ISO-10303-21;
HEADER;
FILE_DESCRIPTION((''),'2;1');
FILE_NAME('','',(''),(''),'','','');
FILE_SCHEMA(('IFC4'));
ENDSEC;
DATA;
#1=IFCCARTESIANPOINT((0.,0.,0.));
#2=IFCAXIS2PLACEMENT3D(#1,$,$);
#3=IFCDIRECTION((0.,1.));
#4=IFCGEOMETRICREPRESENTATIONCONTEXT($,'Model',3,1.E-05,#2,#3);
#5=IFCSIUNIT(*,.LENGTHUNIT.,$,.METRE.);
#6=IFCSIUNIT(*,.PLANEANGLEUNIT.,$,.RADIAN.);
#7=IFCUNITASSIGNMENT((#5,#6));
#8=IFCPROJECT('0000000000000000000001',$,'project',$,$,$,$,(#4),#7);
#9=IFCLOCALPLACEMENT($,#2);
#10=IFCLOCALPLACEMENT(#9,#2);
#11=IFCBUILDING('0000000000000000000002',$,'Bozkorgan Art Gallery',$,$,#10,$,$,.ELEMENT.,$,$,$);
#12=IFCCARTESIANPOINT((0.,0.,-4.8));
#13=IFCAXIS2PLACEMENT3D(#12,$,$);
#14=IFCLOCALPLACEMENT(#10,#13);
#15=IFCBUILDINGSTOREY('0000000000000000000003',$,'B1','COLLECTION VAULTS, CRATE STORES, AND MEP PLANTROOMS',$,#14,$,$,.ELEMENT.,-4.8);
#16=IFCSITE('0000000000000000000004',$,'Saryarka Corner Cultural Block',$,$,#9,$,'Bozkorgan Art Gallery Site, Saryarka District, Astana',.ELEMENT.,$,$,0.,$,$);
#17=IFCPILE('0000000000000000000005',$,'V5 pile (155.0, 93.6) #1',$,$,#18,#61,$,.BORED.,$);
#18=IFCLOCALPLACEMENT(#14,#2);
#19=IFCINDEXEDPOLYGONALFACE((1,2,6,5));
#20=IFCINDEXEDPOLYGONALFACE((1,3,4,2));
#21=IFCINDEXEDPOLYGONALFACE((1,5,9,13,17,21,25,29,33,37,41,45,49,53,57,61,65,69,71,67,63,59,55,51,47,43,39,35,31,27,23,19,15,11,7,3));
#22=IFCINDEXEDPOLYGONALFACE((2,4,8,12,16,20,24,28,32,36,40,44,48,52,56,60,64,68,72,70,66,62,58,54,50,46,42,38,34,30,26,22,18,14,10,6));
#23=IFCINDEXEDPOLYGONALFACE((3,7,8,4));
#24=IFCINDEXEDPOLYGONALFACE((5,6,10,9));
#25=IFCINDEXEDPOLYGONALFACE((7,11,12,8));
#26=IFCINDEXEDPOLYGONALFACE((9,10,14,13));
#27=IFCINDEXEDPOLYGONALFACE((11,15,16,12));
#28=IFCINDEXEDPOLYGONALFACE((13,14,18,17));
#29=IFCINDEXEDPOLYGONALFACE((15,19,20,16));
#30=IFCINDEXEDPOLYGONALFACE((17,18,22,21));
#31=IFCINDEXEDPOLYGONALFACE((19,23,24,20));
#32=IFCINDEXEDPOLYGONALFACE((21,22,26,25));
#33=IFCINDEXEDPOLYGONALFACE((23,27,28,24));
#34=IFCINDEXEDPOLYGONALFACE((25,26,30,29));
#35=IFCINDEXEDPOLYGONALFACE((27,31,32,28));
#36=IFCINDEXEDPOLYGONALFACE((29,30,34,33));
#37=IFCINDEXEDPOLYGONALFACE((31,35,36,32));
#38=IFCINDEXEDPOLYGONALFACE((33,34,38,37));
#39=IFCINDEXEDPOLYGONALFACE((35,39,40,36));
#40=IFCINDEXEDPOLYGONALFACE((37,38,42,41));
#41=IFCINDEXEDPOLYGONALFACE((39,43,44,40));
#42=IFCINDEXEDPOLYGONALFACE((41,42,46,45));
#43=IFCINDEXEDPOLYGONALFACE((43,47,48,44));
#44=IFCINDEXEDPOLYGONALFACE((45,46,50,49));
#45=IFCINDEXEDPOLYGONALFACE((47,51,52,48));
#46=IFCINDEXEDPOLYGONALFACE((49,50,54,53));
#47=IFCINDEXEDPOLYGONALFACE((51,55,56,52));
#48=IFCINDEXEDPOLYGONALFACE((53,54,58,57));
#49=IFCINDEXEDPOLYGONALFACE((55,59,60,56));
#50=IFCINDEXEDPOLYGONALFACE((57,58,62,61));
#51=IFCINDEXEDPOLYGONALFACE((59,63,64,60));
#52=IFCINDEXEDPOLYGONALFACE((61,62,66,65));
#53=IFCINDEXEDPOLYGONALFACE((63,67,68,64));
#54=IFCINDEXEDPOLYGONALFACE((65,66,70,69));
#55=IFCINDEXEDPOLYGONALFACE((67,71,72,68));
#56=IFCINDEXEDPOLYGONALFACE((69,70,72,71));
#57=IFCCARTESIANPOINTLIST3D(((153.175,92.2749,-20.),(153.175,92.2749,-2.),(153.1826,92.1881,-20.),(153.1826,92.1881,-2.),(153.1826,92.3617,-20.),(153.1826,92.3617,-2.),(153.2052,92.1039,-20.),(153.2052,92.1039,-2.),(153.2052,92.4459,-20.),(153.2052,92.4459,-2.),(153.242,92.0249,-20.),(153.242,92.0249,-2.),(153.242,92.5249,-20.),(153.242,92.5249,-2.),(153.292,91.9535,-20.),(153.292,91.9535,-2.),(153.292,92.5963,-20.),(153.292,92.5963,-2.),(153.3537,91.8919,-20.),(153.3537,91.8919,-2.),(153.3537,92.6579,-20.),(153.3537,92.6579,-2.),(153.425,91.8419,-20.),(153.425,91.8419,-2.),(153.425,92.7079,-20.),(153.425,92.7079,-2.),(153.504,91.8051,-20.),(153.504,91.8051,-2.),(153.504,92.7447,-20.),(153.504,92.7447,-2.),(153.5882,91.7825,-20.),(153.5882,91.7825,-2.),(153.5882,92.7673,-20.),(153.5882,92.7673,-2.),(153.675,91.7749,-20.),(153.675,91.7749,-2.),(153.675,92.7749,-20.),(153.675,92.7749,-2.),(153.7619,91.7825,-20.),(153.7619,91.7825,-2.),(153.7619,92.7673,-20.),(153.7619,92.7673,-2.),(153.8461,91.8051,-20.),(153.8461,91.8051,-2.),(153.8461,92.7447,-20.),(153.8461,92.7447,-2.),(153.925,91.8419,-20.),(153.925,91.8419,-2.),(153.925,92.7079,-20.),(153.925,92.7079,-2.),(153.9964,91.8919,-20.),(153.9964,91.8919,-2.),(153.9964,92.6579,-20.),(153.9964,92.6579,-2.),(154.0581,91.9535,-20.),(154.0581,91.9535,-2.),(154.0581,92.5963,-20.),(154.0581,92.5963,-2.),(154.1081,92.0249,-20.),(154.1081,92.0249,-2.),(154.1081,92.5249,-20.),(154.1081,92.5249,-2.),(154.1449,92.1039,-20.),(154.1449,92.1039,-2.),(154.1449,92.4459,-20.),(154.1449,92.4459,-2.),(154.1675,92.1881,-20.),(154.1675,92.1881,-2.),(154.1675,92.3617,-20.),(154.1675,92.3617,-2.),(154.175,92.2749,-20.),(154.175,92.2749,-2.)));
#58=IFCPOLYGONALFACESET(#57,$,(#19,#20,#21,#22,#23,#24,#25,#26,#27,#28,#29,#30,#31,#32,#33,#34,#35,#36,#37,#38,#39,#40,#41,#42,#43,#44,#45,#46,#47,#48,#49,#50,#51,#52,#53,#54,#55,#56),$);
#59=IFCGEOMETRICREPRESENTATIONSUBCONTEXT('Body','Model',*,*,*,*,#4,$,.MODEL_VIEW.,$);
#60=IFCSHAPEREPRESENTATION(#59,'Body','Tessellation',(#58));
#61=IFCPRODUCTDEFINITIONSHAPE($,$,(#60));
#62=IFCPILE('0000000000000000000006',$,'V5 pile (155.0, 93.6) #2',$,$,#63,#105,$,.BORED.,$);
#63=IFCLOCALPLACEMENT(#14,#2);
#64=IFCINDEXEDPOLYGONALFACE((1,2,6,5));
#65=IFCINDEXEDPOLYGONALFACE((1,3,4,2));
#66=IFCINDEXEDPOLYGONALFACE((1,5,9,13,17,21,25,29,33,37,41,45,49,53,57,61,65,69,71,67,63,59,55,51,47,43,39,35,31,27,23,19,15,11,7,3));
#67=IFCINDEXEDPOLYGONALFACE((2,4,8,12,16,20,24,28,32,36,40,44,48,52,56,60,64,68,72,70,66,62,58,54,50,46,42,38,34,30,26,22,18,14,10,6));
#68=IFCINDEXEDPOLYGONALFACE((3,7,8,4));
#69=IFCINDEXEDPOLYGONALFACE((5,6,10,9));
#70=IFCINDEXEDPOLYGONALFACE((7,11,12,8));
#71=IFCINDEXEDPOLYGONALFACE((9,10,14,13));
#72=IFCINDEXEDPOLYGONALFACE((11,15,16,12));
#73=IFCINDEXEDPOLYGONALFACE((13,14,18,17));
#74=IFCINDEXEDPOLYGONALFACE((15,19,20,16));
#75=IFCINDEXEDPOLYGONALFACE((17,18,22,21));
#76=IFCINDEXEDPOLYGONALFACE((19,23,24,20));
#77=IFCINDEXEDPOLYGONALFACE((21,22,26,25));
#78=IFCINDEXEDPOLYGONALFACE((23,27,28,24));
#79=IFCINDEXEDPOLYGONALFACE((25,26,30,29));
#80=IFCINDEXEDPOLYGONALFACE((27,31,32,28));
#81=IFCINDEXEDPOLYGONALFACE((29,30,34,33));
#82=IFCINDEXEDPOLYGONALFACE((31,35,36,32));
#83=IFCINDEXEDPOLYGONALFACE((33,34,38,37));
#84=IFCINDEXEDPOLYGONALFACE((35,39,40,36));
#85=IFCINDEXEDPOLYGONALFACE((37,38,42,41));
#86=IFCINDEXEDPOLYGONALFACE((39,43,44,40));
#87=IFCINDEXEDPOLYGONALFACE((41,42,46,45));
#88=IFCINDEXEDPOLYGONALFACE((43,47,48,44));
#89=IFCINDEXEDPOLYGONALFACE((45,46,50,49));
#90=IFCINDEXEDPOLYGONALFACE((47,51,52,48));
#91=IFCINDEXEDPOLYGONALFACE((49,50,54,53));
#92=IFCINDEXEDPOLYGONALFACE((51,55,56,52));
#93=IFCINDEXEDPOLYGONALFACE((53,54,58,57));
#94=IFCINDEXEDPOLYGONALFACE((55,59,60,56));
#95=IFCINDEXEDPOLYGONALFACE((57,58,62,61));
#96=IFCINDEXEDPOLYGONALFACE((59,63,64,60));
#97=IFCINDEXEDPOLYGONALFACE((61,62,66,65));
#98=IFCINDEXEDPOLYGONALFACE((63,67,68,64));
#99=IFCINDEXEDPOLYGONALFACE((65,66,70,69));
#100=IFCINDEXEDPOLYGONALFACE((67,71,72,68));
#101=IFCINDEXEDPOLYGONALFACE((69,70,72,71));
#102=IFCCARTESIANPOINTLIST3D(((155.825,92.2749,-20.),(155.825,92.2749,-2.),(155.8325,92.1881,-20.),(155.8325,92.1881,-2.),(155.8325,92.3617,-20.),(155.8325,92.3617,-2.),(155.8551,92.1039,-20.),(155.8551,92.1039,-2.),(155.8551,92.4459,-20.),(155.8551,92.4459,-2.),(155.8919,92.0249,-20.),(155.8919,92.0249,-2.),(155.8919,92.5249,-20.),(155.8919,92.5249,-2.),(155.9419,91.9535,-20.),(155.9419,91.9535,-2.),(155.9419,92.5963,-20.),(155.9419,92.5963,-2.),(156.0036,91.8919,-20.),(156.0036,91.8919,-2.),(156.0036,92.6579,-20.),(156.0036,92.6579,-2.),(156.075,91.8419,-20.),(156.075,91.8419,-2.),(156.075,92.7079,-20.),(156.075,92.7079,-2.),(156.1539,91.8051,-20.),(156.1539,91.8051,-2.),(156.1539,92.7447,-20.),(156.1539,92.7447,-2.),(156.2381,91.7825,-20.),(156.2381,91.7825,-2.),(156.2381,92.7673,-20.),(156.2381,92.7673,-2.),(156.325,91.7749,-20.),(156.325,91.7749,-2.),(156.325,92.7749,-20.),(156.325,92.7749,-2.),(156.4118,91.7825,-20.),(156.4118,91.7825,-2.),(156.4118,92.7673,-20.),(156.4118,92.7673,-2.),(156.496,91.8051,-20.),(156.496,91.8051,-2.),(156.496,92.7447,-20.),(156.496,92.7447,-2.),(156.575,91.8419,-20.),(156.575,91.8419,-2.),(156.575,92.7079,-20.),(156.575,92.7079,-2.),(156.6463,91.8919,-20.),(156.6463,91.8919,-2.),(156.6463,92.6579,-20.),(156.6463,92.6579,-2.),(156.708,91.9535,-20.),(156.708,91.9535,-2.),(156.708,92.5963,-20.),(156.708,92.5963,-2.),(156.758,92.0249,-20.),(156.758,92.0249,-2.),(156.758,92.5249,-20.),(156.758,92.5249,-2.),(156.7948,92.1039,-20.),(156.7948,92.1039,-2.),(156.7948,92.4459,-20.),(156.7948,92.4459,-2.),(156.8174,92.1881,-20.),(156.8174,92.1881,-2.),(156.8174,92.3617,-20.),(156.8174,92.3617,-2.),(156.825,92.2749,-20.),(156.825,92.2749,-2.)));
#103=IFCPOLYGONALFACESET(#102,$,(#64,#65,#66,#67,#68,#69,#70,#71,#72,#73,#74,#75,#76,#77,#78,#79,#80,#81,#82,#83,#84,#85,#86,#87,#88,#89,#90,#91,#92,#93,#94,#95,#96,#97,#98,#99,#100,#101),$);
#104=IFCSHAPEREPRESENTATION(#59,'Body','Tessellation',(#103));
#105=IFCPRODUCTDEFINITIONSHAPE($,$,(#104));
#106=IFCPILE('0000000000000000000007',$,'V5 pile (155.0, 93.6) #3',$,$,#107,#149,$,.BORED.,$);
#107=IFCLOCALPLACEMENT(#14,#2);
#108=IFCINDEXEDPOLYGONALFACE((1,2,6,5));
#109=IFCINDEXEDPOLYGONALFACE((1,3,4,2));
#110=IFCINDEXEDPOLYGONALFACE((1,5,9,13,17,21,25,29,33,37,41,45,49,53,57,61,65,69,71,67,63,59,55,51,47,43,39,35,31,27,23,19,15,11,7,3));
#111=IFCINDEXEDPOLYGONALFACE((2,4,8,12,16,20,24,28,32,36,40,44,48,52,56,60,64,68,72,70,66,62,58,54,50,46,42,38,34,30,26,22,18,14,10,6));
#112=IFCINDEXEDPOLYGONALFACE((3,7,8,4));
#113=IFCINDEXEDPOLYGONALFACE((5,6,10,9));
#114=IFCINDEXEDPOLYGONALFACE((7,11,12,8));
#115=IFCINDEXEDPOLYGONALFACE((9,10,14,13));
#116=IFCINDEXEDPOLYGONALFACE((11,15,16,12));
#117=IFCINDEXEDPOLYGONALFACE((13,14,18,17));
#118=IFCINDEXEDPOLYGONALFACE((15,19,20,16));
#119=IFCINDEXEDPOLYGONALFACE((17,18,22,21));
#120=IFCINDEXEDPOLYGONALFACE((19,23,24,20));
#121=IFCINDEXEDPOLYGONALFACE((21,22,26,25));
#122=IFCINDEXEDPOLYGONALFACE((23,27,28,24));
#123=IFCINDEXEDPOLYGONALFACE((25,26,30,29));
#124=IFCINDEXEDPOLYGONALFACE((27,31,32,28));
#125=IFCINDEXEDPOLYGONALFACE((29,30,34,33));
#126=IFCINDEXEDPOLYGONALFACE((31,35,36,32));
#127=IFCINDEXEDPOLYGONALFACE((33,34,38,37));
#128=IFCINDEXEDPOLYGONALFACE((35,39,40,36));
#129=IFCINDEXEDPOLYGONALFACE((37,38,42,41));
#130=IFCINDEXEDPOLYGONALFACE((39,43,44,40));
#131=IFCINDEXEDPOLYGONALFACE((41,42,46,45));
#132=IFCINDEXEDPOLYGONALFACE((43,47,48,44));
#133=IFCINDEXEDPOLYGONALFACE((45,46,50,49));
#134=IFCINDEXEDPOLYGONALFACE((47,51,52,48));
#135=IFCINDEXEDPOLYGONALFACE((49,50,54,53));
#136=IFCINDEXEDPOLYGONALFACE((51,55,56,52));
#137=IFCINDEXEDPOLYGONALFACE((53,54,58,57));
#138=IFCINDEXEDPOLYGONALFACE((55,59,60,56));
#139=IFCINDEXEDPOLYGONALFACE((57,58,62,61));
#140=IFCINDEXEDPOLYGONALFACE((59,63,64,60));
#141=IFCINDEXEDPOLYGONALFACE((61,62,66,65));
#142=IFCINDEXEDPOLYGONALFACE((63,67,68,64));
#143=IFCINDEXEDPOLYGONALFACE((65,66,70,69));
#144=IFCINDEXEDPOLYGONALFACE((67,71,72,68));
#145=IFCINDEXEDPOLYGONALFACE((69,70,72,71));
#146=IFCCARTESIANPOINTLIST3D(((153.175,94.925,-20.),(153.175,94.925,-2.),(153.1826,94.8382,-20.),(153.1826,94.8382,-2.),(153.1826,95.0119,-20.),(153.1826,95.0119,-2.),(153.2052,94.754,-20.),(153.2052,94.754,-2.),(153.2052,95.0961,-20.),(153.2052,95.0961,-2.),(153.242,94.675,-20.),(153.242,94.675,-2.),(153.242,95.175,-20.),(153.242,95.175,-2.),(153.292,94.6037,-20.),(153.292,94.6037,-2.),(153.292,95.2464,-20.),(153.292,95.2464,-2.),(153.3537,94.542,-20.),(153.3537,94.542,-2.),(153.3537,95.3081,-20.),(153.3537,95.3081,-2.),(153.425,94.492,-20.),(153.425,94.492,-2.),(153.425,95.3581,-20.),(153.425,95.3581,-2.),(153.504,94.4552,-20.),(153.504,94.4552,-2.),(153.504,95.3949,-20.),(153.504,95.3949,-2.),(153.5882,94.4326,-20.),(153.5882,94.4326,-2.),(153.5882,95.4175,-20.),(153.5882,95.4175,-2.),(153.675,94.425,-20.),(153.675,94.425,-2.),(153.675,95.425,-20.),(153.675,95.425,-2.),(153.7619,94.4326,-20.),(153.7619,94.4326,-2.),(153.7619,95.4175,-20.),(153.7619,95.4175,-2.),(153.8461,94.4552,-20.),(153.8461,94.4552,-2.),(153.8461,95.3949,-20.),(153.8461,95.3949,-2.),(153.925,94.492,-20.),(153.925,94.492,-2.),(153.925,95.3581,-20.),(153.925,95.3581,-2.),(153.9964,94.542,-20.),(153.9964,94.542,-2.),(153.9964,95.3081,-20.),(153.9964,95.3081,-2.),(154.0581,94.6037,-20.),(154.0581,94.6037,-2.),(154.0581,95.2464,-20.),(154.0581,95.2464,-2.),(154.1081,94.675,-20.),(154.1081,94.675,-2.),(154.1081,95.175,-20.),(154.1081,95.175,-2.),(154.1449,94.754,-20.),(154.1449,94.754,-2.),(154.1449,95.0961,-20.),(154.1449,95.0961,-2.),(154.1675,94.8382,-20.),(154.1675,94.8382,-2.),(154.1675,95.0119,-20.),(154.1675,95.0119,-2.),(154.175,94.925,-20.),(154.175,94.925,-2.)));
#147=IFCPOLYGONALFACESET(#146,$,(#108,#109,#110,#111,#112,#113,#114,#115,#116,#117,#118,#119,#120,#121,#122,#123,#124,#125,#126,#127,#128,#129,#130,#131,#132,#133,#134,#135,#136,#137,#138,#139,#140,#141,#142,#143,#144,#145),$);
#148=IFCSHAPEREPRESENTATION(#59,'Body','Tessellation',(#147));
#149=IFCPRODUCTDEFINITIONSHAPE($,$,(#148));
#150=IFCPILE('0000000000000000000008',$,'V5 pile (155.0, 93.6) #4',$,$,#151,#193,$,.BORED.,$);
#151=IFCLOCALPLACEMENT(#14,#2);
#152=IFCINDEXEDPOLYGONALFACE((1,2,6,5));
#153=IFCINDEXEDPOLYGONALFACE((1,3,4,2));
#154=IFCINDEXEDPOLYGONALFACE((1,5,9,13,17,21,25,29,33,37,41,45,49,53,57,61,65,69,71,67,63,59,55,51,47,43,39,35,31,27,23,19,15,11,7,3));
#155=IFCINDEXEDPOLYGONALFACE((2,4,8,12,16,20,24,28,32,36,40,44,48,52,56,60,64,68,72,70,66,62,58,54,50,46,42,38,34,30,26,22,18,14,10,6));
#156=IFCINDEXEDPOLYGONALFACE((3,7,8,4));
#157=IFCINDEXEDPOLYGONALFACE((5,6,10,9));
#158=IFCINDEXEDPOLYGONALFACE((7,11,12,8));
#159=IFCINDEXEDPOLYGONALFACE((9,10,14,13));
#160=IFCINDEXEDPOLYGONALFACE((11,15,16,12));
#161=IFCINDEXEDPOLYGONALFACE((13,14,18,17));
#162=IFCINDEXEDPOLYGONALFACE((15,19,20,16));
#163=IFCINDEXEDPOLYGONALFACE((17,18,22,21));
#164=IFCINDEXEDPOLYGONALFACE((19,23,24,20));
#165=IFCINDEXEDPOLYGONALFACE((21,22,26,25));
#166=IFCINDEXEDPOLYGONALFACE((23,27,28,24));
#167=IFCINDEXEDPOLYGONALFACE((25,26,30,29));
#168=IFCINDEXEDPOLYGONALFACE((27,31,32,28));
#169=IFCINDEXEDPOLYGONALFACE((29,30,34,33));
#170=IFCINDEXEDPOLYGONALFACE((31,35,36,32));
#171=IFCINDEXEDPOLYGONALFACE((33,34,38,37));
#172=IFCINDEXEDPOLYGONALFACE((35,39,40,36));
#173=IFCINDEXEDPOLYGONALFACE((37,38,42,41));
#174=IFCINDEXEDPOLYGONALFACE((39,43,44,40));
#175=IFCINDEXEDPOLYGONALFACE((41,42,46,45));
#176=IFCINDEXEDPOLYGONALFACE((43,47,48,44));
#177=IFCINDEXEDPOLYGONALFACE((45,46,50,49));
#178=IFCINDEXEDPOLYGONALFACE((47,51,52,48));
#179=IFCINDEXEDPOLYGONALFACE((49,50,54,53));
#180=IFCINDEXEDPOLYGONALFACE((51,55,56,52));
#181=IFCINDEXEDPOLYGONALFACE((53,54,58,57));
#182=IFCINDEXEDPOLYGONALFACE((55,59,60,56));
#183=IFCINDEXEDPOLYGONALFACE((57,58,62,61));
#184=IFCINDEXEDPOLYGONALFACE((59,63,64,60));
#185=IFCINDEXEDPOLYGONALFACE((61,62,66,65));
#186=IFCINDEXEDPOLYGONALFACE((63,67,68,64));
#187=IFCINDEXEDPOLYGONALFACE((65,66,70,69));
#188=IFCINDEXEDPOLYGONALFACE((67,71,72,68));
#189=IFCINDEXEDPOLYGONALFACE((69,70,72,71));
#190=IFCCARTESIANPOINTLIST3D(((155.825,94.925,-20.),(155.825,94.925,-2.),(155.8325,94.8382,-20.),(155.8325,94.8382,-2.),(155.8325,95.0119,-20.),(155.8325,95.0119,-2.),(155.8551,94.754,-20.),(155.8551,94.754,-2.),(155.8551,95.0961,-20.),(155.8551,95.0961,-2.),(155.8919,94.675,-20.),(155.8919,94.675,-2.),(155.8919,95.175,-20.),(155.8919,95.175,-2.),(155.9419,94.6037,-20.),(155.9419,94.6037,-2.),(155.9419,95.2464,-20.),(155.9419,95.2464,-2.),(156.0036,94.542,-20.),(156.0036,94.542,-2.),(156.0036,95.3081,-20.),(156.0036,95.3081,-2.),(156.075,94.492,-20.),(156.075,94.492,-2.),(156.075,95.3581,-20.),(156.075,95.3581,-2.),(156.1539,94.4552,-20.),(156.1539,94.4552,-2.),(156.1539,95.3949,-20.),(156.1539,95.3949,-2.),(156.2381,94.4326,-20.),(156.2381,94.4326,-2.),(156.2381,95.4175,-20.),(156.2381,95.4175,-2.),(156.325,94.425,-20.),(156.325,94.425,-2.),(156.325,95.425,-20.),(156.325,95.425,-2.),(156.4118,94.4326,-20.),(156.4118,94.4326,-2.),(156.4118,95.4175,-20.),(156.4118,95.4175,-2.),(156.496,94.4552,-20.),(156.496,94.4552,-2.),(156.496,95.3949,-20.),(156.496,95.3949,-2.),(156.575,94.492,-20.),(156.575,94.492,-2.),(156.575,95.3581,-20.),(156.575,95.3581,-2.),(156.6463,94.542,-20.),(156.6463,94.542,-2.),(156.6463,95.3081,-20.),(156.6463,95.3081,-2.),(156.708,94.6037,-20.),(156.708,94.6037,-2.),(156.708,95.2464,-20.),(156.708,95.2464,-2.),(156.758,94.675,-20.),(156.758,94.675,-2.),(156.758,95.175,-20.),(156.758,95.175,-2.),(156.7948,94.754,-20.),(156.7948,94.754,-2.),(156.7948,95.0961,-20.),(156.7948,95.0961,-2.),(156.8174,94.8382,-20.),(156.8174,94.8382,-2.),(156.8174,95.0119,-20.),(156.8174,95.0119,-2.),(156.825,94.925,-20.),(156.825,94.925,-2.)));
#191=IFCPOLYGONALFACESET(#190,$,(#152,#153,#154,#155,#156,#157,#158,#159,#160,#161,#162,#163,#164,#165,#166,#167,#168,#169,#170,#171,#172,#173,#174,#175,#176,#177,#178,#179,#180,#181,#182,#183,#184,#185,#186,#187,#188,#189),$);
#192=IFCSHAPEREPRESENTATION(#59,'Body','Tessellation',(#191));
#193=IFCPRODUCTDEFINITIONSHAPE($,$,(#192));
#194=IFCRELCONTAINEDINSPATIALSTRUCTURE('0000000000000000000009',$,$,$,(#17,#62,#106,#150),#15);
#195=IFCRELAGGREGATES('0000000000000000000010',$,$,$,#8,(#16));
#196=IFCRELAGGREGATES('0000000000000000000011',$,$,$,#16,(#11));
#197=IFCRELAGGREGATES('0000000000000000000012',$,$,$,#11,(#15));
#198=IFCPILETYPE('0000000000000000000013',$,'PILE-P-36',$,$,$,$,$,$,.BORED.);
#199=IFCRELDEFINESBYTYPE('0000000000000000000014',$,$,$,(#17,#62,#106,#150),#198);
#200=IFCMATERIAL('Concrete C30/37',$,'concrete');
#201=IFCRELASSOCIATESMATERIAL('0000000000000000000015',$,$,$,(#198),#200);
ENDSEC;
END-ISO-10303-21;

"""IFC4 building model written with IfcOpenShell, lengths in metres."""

from ifc_helpers import new_model, si_unit, direction, frame, origin, origin_2d, place, context, subcontext, project, spatial, circle, extrude, material, material_profile, profile_set, type_object, element, save


model = new_model("IFC4")

# Units and contexts
model_context = context("Model", 3, precision=1e-05, world=origin(), true_north=direction((0.0, 1.0)))
body_context = subcontext(model_context, "Body", "Model", "MODEL_VIEW")
ifc_project = project(units=[si_unit("LENGTHUNIT", "METRE"), si_unit("PLANEANGLEUNIT", "RADIAN")], contexts=[model_context])

# Site, building, storey
site_placement = place(None, origin())
site = spatial("IfcSite", under=ifc_project, at=site_placement, Name="Saryarka Corner Cultural Block", LongName="Bozkorgan Art Gallery Site, Saryarka District, Astana", CompositionType="ELEMENT", RefElevation=0.0)
building_placement = place(site_placement, origin())
building = spatial("IfcBuilding", under=site, at=building_placement, Name="Bozkorgan Art Gallery", CompositionType="ELEMENT")
storey_placement = place(building_placement, frame((0.0, 0.0, -4.8)))
storey = spatial("IfcBuildingStorey", under=building, at=storey_placement, Name="B1", Description="COLLECTION VAULTS, CRATE STORES, AND MEP PLANTROOMS", CompositionType="ELEMENT", Elevation=-4.8)

# Shared definitions
ifc_material_1 = material(Name="Concrete C30/37", Category="concrete")

# Piles
ifc_material_profile_1 = material_profile(ifc_material_1, circle(Radius=0.5, at=origin_2d()), Name="PILE D1000")
ifc_profile_set_1 = profile_set([ifc_material_profile_1], Name="Concrete C30/37")
pile_type_1 = type_object("IfcPileType", Name="PILE-P-36", PredefinedType="BORED", material=ifc_profile_set_1)
for number, where, z_axis, x_axis, name in (
    (1, (153.675, 92.2749, -2.0), (0.0, 0.0, -1.0), (1.0, 0.0, 0.0), "V5 pile (155.0, 93.6) #1"),
    (2, (156.325, 92.2749, -2.0), (0.0, 0.0, -1.0), (1.0, 0.0, 0.0), "V5 pile (155.0, 93.6) #2"),
    (3, (153.675, 94.925, -2.0), (0.0, 0.0, -1.0), (1.0, 0.0, 0.0), "V5 pile (155.0, 93.6) #3"),
    (4, (156.325, 94.925, -2.0), (0.0, 0.0, -1.0), (1.0, 0.0, 0.0), "V5 pile (155.0, 93.6) #4"),
):
    element("IfcPile", number, at=place(storey_placement, frame(where, z_axis=z_axis, x_axis=x_axis)), inside=storey, type_object=pile_type_1, Name=name, PredefinedType="BORED", context=body_context, shape_type="SweptSolid", body=[
        extrude(circle(Radius=0.5, at=origin_2d()), origin(), (0.0, 0.0, 1.0), 18.0),
    ])

save(model, "model.ifc")
